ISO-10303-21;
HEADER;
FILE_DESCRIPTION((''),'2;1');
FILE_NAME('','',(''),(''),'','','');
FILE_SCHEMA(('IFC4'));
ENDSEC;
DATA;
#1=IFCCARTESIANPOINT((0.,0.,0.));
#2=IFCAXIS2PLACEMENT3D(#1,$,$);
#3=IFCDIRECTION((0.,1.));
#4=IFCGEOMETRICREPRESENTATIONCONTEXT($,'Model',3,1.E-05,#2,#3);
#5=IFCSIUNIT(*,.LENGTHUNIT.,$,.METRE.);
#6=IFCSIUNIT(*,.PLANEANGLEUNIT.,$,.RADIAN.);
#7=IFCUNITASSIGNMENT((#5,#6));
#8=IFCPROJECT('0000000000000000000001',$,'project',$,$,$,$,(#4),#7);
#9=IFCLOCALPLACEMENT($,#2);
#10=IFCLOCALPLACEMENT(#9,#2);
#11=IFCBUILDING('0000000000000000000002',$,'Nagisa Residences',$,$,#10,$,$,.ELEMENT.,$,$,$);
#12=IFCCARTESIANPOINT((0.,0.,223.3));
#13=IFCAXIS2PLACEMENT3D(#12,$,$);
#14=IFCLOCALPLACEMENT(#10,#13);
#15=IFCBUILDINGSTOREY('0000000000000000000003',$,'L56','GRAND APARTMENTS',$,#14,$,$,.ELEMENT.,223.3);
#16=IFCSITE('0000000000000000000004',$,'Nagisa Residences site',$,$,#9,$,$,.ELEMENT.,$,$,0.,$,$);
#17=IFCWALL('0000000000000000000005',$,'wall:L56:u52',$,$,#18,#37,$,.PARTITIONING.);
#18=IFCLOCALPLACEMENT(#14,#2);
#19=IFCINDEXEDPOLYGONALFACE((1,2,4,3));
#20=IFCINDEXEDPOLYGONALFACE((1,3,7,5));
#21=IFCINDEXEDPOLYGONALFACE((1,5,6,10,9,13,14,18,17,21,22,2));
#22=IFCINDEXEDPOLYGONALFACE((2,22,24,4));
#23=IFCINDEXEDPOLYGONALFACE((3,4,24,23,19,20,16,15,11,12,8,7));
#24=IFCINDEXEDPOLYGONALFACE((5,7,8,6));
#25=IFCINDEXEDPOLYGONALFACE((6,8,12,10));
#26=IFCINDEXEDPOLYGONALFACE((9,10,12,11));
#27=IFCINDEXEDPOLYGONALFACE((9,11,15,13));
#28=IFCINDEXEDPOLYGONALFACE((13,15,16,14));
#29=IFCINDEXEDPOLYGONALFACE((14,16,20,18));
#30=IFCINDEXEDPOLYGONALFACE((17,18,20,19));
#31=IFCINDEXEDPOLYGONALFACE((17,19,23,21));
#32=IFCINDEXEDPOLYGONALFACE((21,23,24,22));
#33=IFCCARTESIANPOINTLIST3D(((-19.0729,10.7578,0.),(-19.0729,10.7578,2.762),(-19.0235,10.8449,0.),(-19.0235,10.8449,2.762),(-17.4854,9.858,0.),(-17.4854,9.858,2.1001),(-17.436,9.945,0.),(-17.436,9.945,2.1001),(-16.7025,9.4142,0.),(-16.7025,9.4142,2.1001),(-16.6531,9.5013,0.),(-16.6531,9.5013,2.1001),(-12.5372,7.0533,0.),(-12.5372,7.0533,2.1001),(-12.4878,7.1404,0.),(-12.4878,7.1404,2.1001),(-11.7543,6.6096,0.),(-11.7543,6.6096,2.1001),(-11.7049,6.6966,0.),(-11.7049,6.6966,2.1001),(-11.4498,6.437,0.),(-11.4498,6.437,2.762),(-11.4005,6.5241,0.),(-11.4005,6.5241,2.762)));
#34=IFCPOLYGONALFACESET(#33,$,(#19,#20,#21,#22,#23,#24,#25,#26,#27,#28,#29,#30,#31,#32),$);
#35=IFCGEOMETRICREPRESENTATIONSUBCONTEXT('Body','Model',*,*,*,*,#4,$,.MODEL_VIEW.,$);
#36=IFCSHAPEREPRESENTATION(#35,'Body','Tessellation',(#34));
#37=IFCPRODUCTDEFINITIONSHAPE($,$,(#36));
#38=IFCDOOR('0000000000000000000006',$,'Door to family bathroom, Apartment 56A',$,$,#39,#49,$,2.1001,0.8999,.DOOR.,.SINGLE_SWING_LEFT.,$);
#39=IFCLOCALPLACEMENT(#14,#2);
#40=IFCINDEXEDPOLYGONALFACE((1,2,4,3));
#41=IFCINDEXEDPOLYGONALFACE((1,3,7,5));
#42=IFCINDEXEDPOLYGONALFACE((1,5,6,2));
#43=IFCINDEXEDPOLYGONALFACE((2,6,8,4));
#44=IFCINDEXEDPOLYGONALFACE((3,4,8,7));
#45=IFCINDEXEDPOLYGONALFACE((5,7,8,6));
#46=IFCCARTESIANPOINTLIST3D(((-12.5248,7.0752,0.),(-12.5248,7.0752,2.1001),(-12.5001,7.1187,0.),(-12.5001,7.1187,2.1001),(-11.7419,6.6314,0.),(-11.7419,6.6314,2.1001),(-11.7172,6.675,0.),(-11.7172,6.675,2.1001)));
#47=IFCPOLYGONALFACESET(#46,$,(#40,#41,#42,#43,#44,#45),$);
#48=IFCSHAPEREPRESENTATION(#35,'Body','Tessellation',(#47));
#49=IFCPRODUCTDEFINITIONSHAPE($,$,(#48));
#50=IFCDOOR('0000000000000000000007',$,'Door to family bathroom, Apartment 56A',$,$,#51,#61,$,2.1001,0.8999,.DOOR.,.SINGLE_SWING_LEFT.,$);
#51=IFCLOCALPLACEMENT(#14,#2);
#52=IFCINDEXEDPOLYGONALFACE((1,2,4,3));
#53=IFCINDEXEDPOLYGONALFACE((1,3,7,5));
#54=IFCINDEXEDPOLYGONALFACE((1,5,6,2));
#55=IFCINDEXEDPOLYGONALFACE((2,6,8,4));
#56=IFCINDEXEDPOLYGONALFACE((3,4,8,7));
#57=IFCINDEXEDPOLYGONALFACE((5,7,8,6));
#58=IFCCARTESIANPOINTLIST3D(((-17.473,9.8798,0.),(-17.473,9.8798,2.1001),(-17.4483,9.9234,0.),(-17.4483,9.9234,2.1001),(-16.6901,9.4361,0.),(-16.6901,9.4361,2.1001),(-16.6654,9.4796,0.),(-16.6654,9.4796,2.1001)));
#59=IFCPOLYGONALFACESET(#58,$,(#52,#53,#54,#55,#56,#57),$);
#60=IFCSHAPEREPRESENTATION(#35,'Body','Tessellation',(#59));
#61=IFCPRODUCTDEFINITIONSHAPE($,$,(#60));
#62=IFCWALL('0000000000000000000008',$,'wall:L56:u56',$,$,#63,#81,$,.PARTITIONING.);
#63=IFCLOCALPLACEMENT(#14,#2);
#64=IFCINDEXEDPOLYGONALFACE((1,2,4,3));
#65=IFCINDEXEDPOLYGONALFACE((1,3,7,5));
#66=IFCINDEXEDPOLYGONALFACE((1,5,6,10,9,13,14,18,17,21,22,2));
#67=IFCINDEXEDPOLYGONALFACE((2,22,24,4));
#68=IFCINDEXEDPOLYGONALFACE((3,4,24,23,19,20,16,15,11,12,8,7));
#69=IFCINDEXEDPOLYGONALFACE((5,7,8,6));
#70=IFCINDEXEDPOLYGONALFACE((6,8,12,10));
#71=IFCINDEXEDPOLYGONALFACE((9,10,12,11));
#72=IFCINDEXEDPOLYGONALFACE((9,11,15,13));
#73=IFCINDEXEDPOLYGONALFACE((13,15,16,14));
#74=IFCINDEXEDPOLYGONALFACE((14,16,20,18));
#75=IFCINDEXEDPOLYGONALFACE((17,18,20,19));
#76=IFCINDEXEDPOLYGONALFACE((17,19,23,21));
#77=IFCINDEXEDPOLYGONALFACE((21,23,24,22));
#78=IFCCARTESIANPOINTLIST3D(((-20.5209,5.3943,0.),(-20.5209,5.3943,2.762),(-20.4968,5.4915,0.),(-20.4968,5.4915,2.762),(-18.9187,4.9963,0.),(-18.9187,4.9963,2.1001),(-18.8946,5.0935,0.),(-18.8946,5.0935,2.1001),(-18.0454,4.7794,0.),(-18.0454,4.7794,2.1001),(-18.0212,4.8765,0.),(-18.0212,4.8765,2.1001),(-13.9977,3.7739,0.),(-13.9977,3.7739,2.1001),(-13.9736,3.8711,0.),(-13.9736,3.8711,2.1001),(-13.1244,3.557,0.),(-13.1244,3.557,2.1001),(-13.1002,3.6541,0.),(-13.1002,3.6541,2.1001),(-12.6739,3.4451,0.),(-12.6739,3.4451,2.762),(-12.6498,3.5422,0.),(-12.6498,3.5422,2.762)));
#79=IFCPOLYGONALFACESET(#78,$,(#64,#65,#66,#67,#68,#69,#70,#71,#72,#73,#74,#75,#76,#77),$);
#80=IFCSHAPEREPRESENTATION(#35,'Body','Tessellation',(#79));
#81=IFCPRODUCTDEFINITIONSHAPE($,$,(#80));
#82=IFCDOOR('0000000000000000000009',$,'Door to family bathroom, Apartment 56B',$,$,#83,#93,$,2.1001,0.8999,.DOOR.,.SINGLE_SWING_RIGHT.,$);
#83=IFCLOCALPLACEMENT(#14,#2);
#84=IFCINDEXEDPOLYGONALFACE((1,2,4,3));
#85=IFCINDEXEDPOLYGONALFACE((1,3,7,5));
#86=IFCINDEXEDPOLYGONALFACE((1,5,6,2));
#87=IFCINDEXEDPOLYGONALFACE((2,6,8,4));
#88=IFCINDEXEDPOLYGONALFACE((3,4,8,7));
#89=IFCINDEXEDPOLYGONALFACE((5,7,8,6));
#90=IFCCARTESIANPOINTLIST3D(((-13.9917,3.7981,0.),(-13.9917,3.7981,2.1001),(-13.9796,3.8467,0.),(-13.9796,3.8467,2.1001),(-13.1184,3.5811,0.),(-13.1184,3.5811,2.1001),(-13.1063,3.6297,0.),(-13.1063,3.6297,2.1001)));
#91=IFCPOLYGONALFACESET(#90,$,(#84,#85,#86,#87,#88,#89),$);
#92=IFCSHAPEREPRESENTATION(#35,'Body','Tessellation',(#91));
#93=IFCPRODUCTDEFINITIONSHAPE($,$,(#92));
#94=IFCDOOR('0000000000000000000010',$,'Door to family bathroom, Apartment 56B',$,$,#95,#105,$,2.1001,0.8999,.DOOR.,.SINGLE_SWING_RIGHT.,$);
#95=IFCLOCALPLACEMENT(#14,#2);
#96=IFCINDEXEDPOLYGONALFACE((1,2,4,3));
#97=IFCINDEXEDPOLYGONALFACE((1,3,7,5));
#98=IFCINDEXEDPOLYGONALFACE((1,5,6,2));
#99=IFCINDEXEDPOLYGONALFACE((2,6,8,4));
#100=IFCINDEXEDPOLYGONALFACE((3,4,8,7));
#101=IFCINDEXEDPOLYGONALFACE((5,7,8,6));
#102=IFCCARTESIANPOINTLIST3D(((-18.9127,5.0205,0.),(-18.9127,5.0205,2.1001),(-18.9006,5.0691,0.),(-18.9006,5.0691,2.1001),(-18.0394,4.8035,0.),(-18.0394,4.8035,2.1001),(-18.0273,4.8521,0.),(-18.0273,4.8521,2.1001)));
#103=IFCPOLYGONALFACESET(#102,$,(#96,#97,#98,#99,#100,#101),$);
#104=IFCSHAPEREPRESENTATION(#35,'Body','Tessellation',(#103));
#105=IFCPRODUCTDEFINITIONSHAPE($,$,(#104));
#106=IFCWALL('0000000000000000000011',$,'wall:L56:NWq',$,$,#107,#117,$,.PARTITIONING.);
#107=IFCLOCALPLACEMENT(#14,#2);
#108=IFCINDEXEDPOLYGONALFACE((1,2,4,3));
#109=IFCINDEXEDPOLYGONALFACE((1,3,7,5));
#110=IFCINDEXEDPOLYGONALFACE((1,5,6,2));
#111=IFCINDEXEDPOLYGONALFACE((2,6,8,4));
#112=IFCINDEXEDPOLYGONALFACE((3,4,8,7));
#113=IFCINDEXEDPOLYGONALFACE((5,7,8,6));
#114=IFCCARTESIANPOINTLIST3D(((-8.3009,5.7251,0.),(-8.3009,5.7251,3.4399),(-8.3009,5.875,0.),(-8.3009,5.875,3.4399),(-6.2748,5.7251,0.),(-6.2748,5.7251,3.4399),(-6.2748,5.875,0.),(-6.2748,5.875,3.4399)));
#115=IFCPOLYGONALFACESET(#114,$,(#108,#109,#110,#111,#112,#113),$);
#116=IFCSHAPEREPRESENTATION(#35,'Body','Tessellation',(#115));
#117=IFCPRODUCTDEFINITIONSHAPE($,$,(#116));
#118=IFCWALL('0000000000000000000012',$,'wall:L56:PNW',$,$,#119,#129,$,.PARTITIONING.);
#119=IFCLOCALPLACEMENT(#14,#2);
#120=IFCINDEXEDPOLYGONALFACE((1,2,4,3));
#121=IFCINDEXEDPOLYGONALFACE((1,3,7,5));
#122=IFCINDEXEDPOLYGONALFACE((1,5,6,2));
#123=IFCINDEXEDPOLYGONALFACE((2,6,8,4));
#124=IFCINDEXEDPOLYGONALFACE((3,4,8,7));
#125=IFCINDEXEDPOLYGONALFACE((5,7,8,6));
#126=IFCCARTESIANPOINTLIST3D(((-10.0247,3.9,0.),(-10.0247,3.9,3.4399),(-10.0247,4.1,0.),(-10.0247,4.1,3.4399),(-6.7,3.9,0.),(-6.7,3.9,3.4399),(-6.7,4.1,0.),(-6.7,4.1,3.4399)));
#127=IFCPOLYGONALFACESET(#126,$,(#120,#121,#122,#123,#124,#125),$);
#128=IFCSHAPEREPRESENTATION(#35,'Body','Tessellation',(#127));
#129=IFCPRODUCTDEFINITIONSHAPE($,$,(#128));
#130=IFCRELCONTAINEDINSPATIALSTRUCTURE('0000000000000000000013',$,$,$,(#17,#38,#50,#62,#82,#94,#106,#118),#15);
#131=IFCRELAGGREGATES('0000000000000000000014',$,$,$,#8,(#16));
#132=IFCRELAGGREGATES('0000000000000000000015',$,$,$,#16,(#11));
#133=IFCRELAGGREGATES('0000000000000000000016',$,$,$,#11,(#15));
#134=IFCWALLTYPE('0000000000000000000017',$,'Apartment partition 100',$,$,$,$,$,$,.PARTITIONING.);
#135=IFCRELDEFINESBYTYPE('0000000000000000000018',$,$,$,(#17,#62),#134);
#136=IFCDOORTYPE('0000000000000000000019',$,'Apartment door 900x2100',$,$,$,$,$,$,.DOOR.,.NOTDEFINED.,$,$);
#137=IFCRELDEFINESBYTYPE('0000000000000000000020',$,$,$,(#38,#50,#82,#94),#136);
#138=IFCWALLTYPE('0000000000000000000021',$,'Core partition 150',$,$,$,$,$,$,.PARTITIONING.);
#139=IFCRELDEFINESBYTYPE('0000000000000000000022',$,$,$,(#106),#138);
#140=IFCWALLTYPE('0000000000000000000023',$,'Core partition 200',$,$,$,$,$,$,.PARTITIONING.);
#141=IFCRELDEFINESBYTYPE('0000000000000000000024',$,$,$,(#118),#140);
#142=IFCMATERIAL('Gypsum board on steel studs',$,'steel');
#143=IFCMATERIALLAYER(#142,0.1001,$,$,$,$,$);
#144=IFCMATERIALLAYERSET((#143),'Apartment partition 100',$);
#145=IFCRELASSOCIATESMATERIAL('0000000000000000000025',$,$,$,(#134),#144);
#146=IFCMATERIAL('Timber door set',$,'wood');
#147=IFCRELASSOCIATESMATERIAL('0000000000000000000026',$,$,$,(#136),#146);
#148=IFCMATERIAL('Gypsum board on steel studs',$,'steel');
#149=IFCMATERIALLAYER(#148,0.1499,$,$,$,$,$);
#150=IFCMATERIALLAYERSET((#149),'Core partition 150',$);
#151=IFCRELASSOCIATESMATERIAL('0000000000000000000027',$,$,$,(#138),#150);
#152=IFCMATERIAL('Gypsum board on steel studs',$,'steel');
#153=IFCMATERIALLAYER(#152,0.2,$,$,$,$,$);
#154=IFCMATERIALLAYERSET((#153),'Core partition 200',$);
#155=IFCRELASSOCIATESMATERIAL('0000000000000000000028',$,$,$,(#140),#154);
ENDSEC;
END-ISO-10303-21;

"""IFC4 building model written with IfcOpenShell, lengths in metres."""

from ifc_helpers import new_model, si_unit, direction, frame, frame_2d, origin, place, context, subcontext, project, spatial, rectangle, extrude, material, layer, layer_set, type_object, element, fill, save


model = new_model("IFC4")

# Units and contexts
model_context = context("Model", 3, precision=1e-05, world=origin(), true_north=direction((0.0, 1.0)))
body_context = subcontext(model_context, "Body", "Model", "MODEL_VIEW")
ifc_project = project(units=[si_unit("LENGTHUNIT", "METRE"), si_unit("PLANEANGLEUNIT", "RADIAN")], contexts=[model_context])

# Site, building, storey
site_placement = place(None, origin())
site = spatial("IfcSite", under=ifc_project, at=site_placement, Name="Nagisa Residences site", CompositionType="ELEMENT", RefElevation=0.0)
building_placement = place(site_placement, origin())
building = spatial("IfcBuilding", under=site, at=building_placement, Name="Nagisa Residences", CompositionType="ELEMENT")
storey_placement = place(building_placement, frame((0.0, 0.0, 223.3)))
storey = spatial("IfcBuildingStorey", under=building, at=storey_placement, Name="L56", Description="GRAND APARTMENTS", CompositionType="ELEMENT", Elevation=223.3)

# Shared definitions
ifc_material_1 = material(Name="Gypsum board on steel studs", Category="steel")
ifc_layer_1 = layer(ifc_material_1, 0.1001)
ifc_layer_set_1 = layer_set([ifc_layer_1], Name="Apartment partition 100")
wall_type_1 = type_object("IfcWallType", Name="Apartment partition 100", PredefinedType="PARTITIONING", material=ifc_layer_set_1)

# Walls, openings, doors
ifc_material_2 = material(Name="Timber door set", Category="wood")
door_type_1 = type_object("IfcDoorType", Name="Apartment door 900x2100", OperationType="NOTDEFINED", PredefinedType="DOOR", material=ifc_material_2)
wall_1_placement = place(storey_placement, frame((-11.425, 6.4805, 0.0), z_axis=(0.0, 0.0, 1.0), x_axis=(-0.86997, 0.493105, 0.0)))
wall_1 = element("IfcWall", 1, at=wall_1_placement, inside=storey, type_object=wall_type_1, Name="wall:L56:u52", PredefinedType="PARTITIONING", context=body_context, shape_type="SweptSolid", body=[
    extrude(rectangle(XDim=8.7625, YDim=0.1001, at=frame_2d((4.3813, 0.0))), origin(), (0.0, 0.0, 1.0), 2.762),
])
opening_1_placement = place(wall_1_placement, frame((0.3501, 0.0, 0.0)))
opening_1 = element("IfcOpeningElement", 2, at=opening_1_placement, cuts=wall_1, PredefinedType="OPENING", context=body_context, shape_type="SweptSolid", body=[
    extrude(rectangle(XDim=0.8999, YDim=2.1001, at=frame_2d((0.45, 1.05))), frame((0.0, 0.0601, 0.0), z_axis=(0.0, -1.0, 0.0), x_axis=(1.0, 0.0, 0.0)), (0.0, 0.0, 1.0), 0.1201),
])
opening_2_placement = place(wall_1_placement, frame((6.0378, 0.0, 0.0)))
opening_2 = element("IfcOpeningElement", 3, at=opening_2_placement, cuts=wall_1, PredefinedType="OPENING", context=body_context, shape_type="SweptSolid", body=[
    extrude(rectangle(XDim=0.8999, YDim=2.1001, at=frame_2d((0.45, 1.05))), frame((0.0, 0.0601, 0.0), z_axis=(0.0, -1.0, 0.0), x_axis=(1.0, 0.0, 0.0)), (0.0, 0.0, 1.0), 0.1201),
])
door_1_placement = place(opening_1_placement, origin())
door_1 = element("IfcDoor", 4, at=door_1_placement, inside=storey, type_object=door_type_1, Name="Door to family bathroom, Apartment 56A", OperationType="SINGLE_SWING_LEFT", OverallHeight=2.1001, OverallWidth=0.8999, PredefinedType="DOOR", context=body_context, shape_type="SweptSolid", body=[
    extrude(rectangle(XDim=0.8999, YDim=2.1001, at=frame_2d((0.45, 1.05))), frame((0.0, 0.0249, 0.0), z_axis=(0.0, -1.0, 0.0), x_axis=(1.0, 0.0, 0.0)), (0.0, 0.0, 1.0), 0.05),
])
fill(opening_1, door_1)
door_2_placement = place(opening_2_placement, origin())
door_2 = element("IfcDoor", 5, at=door_2_placement, inside=storey, type_object=door_type_1, Name="Door to family bathroom, Apartment 56A", OperationType="SINGLE_SWING_LEFT", OverallHeight=2.1001, OverallWidth=0.8999, PredefinedType="DOOR", context=body_context, shape_type="SweptSolid", body=[
    extrude(rectangle(XDim=0.8999, YDim=2.1001, at=frame_2d((0.45, 1.05))), frame((0.0, 0.0249, 0.0), z_axis=(0.0, -1.0, 0.0), x_axis=(1.0, 0.0, 0.0)), (0.0, 0.0, 1.0), 0.05),
])
fill(opening_2, door_2)
wall_2_placement = place(storey_placement, frame((-12.6619, 3.4937, 0.0), z_axis=(0.0, 0.0, 1.0), x_axis=(-0.970506, 0.241079, 0.0)))
wall_2 = element("IfcWall", 6, at=wall_2_placement, inside=storey, type_object=wall_type_1, Name="wall:L56:u56", PredefinedType="PARTITIONING", context=body_context, shape_type="SweptSolid", body=[
    extrude(rectangle(XDim=8.0854, YDim=0.1001, at=frame_2d((4.0427, 0.0))), origin(), (0.0, 0.0, 1.0), 2.762),
])
opening_3_placement = place(wall_2_placement, frame((0.4641, 0.0, 0.0)))
opening_3 = element("IfcOpeningElement", 7, at=opening_3_placement, cuts=wall_2, PredefinedType="OPENING", context=body_context, shape_type="SweptSolid", body=[
    extrude(rectangle(XDim=0.8999, YDim=2.1001, at=frame_2d((0.45, 1.05))), frame((0.0, 0.0601, 0.0), z_axis=(0.0, -1.0, 0.0), x_axis=(1.0, 0.0, 0.0)), (0.0, 0.0, 1.0), 0.1201),
])
opening_4_placement = place(wall_2_placement, frame((5.5347, 0.0, 0.0)))
opening_4 = element("IfcOpeningElement", 8, at=opening_4_placement, cuts=wall_2, PredefinedType="OPENING", context=body_context, shape_type="SweptSolid", body=[
    extrude(rectangle(XDim=0.8999, YDim=2.1001, at=frame_2d((0.45, 1.05))), frame((0.0, 0.0601, 0.0), z_axis=(0.0, -1.0, 0.0), x_axis=(1.0, 0.0, 0.0)), (0.0, 0.0, 1.0), 0.1201),
])
door_3_placement = place(opening_3_placement, frame((0.8999, 0.0, 0.0), x_axis=(-1.0, 0.0, 0.0)))
door_3 = element("IfcDoor", 9, at=door_3_placement, inside=storey, type_object=door_type_1, Name="Door to family bathroom, Apartment 56B", OperationType="SINGLE_SWING_RIGHT", OverallHeight=2.1001, OverallWidth=0.8999, PredefinedType="DOOR", context=body_context, shape_type="SweptSolid", body=[
    extrude(rectangle(XDim=0.8999, YDim=2.1001, at=frame_2d((0.45, 1.05))), frame((0.0, 0.0249, 0.0), z_axis=(0.0, -1.0, 0.0), x_axis=(1.0, 0.0, 0.0)), (0.0, 0.0, 1.0), 0.05),
])
fill(opening_3, door_3)
door_4_placement = place(opening_4_placement, frame((0.8999, 0.0, 0.0), x_axis=(-1.0, 0.0, 0.0)))
door_4 = element("IfcDoor", 10, at=door_4_placement, inside=storey, type_object=door_type_1, Name="Door to family bathroom, Apartment 56B", OperationType="SINGLE_SWING_RIGHT", OverallHeight=2.1001, OverallWidth=0.8999, PredefinedType="DOOR", context=body_context, shape_type="SweptSolid", body=[
    extrude(rectangle(XDim=0.8999, YDim=2.1001, at=frame_2d((0.45, 1.05))), frame((0.0, 0.0249, 0.0), z_axis=(0.0, -1.0, 0.0), x_axis=(1.0, 0.0, 0.0)), (0.0, 0.0, 1.0), 0.05),
])
fill(opening_4, door_4)

# Walls
ifc_material_3 = material(Name="Gypsum board on steel studs", Category="steel")
ifc_layer_2 = layer(ifc_material_3, 0.1499)
ifc_layer_set_2 = layer_set([ifc_layer_2], Name="Core partition 150")
wall_type_2 = type_object("IfcWallType", Name="Core partition 150", PredefinedType="PARTITIONING", material=ifc_layer_set_2)
wall_3_placement = place(storey_placement, frame((-8.301, 5.8, 0.0), z_axis=(0.0, 0.0, 1.0), x_axis=(1.0, 0.0, 0.0)))
element("IfcWall", 11, at=wall_3_placement, inside=storey, type_object=wall_type_2, Name="wall:L56:NWq", PredefinedType="PARTITIONING", context=body_context, shape_type="SweptSolid", body=[
    extrude(rectangle(XDim=2.0261, YDim=0.1499, at=frame_2d((1.0132, 0.0))), origin(), (0.0, 0.0, 1.0), 3.4399),
])
ifc_material_4 = material(Name="Gypsum board on steel studs", Category="steel")
ifc_layer_3 = layer(ifc_material_4, 0.2)
ifc_layer_set_3 = layer_set([ifc_layer_3], Name="Core partition 200")
wall_type_3 = type_object("IfcWallType", Name="Core partition 200", PredefinedType="PARTITIONING", material=ifc_layer_set_3)
wall_4_placement = place(storey_placement, frame((-10.0247, 4.0, 0.0), z_axis=(0.0, 0.0, 1.0), x_axis=(1.0, 0.0, 0.0)))
element("IfcWall", 12, at=wall_4_placement, inside=storey, type_object=wall_type_3, Name="wall:L56:PNW", PredefinedType="PARTITIONING", context=body_context, shape_type="SweptSolid", body=[
    extrude(rectangle(XDim=3.3247, YDim=0.2, at=frame_2d((1.6624, 0.0))), origin(), (0.0, 0.0, 1.0), 3.4399),
])

save(model, "model.ifc")
